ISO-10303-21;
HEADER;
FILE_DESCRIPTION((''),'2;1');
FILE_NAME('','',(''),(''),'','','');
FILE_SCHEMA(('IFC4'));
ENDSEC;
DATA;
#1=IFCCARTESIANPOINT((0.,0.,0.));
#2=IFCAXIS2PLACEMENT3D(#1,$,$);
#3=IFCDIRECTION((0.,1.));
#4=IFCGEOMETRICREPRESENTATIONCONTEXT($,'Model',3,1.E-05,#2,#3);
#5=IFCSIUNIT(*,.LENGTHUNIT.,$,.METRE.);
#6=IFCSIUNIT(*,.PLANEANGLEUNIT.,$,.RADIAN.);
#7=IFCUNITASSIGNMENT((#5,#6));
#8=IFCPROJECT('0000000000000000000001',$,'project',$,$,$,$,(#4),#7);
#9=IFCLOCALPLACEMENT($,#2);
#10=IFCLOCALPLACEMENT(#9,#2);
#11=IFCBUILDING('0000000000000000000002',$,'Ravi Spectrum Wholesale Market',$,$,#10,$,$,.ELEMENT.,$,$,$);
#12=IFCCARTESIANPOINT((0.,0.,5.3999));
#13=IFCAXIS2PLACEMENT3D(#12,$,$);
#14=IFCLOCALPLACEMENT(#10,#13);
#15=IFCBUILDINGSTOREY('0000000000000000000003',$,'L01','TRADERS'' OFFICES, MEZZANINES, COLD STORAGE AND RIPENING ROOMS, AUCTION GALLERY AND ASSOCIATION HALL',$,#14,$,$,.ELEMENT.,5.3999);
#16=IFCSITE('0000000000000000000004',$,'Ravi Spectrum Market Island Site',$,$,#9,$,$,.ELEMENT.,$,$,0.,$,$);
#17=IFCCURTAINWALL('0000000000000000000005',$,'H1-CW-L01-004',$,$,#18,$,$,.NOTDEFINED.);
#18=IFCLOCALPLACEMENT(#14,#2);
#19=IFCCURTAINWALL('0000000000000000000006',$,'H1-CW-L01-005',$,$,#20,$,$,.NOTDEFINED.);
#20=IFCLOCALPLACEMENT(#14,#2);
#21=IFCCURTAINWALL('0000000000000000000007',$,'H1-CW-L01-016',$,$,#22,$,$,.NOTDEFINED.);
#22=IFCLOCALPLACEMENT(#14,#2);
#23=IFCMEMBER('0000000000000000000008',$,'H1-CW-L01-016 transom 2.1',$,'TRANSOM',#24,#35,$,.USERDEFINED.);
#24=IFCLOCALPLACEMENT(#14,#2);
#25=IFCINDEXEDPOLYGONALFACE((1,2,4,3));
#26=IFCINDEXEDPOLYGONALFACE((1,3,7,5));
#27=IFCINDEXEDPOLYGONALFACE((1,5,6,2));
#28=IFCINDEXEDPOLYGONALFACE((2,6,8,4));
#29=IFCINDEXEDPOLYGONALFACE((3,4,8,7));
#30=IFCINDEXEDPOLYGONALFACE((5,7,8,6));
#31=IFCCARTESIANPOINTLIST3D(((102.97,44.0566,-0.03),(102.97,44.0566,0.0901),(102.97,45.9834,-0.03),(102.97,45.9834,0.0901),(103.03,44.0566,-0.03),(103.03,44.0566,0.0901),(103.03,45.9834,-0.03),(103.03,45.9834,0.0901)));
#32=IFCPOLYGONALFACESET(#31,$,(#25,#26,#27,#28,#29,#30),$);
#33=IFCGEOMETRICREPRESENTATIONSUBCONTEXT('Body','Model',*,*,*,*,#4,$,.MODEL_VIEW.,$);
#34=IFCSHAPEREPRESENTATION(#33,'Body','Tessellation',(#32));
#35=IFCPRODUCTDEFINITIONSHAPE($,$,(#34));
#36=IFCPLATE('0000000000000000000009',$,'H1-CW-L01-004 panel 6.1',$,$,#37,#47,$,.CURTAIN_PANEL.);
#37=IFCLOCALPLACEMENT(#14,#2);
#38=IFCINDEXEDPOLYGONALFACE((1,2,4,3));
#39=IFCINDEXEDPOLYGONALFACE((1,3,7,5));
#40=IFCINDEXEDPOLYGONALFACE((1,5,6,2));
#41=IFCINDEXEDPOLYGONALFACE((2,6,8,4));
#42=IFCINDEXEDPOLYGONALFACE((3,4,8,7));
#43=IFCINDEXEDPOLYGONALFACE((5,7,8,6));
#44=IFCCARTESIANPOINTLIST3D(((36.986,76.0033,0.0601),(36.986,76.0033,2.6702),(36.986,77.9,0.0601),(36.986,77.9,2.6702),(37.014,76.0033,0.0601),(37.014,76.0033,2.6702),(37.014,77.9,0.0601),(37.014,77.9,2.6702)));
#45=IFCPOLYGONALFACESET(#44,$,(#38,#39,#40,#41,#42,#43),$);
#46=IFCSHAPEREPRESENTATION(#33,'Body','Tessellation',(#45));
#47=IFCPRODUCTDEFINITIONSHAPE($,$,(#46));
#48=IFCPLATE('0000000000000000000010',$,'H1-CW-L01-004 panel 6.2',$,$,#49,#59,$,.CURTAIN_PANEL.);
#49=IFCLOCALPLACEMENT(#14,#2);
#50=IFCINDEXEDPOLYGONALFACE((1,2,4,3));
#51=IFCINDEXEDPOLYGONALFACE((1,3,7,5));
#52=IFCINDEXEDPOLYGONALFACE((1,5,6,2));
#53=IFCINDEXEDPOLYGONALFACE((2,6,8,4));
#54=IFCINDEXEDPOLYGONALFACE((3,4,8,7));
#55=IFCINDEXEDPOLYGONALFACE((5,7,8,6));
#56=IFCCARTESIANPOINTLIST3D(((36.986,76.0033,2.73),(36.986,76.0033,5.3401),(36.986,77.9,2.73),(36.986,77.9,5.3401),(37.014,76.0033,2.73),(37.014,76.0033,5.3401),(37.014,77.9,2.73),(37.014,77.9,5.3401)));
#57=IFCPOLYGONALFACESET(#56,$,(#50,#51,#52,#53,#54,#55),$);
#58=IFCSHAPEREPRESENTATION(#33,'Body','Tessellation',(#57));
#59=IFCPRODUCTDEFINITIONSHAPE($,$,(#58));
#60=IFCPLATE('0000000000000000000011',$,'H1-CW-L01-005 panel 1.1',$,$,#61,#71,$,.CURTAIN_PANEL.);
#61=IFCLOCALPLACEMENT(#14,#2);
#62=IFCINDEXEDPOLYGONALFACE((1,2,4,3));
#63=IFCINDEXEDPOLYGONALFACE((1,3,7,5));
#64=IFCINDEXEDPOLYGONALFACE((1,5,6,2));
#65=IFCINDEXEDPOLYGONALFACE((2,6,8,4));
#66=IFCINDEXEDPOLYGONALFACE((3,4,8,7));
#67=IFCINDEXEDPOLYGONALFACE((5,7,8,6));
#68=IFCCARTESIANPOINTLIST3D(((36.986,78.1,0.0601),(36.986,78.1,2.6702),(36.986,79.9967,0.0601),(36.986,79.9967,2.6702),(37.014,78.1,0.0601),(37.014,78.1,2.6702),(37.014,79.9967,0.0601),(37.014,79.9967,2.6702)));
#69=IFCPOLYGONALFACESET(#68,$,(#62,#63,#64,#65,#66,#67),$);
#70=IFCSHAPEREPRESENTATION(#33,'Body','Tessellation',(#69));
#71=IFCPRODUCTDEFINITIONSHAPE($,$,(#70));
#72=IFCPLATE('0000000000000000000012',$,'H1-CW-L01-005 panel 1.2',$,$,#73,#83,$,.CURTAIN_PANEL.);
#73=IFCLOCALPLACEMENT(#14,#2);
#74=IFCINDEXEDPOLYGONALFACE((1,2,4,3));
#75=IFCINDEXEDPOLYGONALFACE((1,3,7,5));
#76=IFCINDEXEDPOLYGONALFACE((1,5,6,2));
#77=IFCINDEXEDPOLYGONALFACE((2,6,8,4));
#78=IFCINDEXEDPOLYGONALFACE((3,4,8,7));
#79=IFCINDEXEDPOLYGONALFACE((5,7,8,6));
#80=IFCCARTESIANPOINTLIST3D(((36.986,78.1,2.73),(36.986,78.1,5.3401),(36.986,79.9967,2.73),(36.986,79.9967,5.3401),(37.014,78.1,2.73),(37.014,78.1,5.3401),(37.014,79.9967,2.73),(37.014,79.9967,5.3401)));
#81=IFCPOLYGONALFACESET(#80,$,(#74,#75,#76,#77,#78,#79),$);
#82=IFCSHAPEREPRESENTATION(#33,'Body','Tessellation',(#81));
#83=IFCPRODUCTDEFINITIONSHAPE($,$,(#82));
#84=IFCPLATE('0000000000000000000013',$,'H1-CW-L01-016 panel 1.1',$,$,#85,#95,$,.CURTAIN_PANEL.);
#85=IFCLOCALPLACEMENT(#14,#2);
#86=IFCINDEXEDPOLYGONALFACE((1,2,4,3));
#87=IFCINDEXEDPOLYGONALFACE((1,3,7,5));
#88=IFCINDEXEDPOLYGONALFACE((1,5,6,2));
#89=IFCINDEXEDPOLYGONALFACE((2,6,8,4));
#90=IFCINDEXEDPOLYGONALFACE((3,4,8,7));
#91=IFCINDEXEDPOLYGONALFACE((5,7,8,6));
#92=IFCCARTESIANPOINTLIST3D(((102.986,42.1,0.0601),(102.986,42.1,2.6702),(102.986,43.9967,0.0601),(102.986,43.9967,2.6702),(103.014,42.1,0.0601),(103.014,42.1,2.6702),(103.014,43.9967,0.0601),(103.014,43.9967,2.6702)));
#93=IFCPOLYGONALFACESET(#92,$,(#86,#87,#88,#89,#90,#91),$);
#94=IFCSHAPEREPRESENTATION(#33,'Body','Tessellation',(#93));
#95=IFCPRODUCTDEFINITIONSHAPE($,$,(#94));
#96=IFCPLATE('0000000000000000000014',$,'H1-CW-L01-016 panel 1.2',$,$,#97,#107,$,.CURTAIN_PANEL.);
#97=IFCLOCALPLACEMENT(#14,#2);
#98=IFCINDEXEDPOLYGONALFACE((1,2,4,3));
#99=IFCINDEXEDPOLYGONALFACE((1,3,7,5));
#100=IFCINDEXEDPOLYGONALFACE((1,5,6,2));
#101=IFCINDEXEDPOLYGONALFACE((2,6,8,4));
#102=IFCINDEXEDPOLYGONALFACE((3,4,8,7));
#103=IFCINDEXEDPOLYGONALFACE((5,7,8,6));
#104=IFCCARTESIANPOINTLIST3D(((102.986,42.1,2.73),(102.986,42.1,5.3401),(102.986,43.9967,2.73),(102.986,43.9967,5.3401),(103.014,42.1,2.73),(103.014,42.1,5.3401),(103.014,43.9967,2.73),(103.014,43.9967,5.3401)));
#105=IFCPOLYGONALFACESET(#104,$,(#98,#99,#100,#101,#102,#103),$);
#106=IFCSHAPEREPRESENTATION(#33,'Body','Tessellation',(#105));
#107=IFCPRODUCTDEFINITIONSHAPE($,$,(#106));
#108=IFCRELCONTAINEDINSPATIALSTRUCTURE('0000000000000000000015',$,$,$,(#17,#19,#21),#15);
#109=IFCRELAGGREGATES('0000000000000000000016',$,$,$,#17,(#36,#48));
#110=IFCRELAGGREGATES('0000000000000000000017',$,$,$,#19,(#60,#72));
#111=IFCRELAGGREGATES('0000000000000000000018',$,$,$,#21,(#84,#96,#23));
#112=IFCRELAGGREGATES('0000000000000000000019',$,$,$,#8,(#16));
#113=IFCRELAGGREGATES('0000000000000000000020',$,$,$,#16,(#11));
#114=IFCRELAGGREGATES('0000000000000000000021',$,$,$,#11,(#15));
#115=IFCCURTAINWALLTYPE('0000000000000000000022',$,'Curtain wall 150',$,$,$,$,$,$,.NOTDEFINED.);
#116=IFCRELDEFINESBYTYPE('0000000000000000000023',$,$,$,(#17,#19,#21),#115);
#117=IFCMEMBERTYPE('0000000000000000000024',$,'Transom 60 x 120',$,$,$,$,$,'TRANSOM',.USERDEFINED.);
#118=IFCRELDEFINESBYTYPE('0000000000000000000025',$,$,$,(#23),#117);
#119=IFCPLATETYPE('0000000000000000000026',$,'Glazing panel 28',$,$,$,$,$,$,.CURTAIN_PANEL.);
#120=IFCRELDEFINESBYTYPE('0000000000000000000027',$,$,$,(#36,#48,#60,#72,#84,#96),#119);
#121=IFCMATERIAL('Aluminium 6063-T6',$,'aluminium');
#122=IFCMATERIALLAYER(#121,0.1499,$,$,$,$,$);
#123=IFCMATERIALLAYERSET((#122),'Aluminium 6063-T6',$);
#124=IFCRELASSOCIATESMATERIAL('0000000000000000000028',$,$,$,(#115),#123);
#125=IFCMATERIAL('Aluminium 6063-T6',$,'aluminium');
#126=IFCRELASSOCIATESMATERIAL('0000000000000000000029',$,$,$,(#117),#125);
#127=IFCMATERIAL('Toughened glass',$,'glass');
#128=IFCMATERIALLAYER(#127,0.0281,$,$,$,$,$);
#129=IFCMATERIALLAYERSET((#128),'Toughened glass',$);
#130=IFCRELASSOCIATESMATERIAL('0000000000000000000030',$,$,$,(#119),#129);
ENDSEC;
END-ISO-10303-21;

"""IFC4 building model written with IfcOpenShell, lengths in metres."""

from ifc_helpers import new_model, si_unit, direction, frame, origin, origin_2d, place, context, subcontext, project, spatial, rectangle, extrude, material, layer, layer_set, material_profile, profile_set, type_object, element, aggregate, save


model = new_model("IFC4")

# Units and contexts
model_context = context("Model", 3, precision=1e-05, world=origin(), true_north=direction((0.0, 1.0)))
body_context = subcontext(model_context, "Body", "Model", "MODEL_VIEW")
ifc_project = project(units=[si_unit("LENGTHUNIT", "METRE"), si_unit("PLANEANGLEUNIT", "RADIAN")], contexts=[model_context])

# Site, building, storey
site_placement = place(None, origin())
site = spatial("IfcSite", under=ifc_project, at=site_placement, Name="Ravi Spectrum Market Island Site", CompositionType="ELEMENT", RefElevation=0.0)
building_placement = place(site_placement, origin())
building = spatial("IfcBuilding", under=site, at=building_placement, Name="Ravi Spectrum Wholesale Market", CompositionType="ELEMENT")
storey_placement = place(building_placement, frame((0.0, 0.0, 5.3999)))
storey = spatial("IfcBuildingStorey", under=building, at=storey_placement, Name="L01", Description="TRADERS' OFFICES, MEZZANINES, COLD STORAGE AND RIPENING ROOMS, AUCTION GALLERY AND ASSOCIATION HALL", CompositionType="ELEMENT", Elevation=5.3999)

# Curtain wall
ifc_material_1 = material(Name="Aluminium 6063-T6", Category="aluminium")
ifc_layer_1 = layer(ifc_material_1, 0.1499)
ifc_layer_set_1 = layer_set([ifc_layer_1], Name="Aluminium 6063-T6")
curtain_wall_type = type_object("IfcCurtainWallType", Name="Curtain wall 150", PredefinedType="NOTDEFINED", material=ifc_layer_set_1)
curtain_wall_1_placement = place(storey_placement, origin())
curtain_wall_1 = element("IfcCurtainWall", 1, at=curtain_wall_1_placement, inside=storey, type_object=curtain_wall_type, Name="H1-CW-L01-004", PredefinedType="NOTDEFINED")

# Curtain walls
curtain_wall_2_placement = place(storey_placement, origin())
curtain_wall_2 = element("IfcCurtainWall", 2, at=curtain_wall_2_placement, inside=storey, type_object=curtain_wall_type, Name="H1-CW-L01-005", PredefinedType="NOTDEFINED")
curtain_wall_3_placement = place(storey_placement, origin())
curtain_wall_3 = element("IfcCurtainWall", 3, at=curtain_wall_3_placement, inside=storey, type_object=curtain_wall_type, Name="H1-CW-L01-016", PredefinedType="NOTDEFINED")

# Member
ifc_material_2 = material(Name="Aluminium 6063-T6", Category="aluminium")
ifc_material_profile_1 = material_profile(ifc_material_2, rectangle(XDim=0.0601, YDim=0.1201, at=origin_2d()))
ifc_profile_set_1 = profile_set([ifc_material_profile_1], Name="Aluminium 6063-T6")
member_type_1 = type_object("IfcMemberType", Name="Transom 60 x 120", ElementType="TRANSOM", PredefinedType="USERDEFINED", material=ifc_profile_set_1)
member_1_placement = place(storey_placement, frame((103.0, 44.0566, 0.03), z_axis=(0.0, 1.0, 0.0), x_axis=(-1.0, 0.0, 0.0)))
member_1 = element("IfcMember", 4, at=member_1_placement, type_object=member_type_1, Name="H1-CW-L01-016 transom 2.1", ObjectType="TRANSOM", PredefinedType="USERDEFINED", context=body_context, shape_type="SweptSolid", body=[
    extrude(rectangle(XDim=0.0601, YDim=0.1201, at=origin_2d()), origin(), (0.0, 0.0, 1.0), 1.9268),
])

# Plates
ifc_material_3 = material(Name="Toughened glass", Category="glass")
ifc_layer_2 = layer(ifc_material_3, 0.0281)
ifc_layer_set_2 = layer_set([ifc_layer_2], Name="Toughened glass")
plate_type = type_object("IfcPlateType", Name="Glazing panel 28", PredefinedType="CURTAIN_PANEL", material=ifc_layer_set_2)
plate_1_placement = place(storey_placement, frame((37.0, 76.9517, 0.0601), z_axis=(0.0, 0.0, 1.0), x_axis=(0.0, 1.0, 0.0)))
plate_1 = element("IfcPlate", 5, at=plate_1_placement, type_object=plate_type, Name="H1-CW-L01-004 panel 6.1", PredefinedType="CURTAIN_PANEL", context=body_context, shape_type="SweptSolid", body=[
    extrude(rectangle(XDim=1.8967, YDim=0.0281, at=origin_2d()), origin(), (0.0, 0.0, 1.0), 2.6101),
])
plate_2_placement = place(storey_placement, frame((37.0, 76.9517, 2.73), z_axis=(0.0, 0.0, 1.0), x_axis=(0.0, 1.0, 0.0)))
plate_2 = element("IfcPlate", 6, at=plate_2_placement, type_object=plate_type, Name="H1-CW-L01-004 panel 6.2", PredefinedType="CURTAIN_PANEL", context=body_context, shape_type="SweptSolid", body=[
    extrude(rectangle(XDim=1.8967, YDim=0.0281, at=origin_2d()), origin(), (0.0, 0.0, 1.0), 2.6101),
])
aggregate(curtain_wall_1, [plate_1, plate_2])
plate_3_placement = place(storey_placement, frame((37.0, 79.0483, 0.0601), z_axis=(0.0, 0.0, 1.0), x_axis=(0.0, 1.0, 0.0)))
plate_3 = element("IfcPlate", 7, at=plate_3_placement, type_object=plate_type, Name="H1-CW-L01-005 panel 1.1", PredefinedType="CURTAIN_PANEL", context=body_context, shape_type="SweptSolid", body=[
    extrude(rectangle(XDim=1.8967, YDim=0.0281, at=origin_2d()), origin(), (0.0, 0.0, 1.0), 2.6101),
])
plate_4_placement = place(storey_placement, frame((37.0, 79.0483, 2.73), z_axis=(0.0, 0.0, 1.0), x_axis=(0.0, 1.0, 0.0)))
plate_4 = element("IfcPlate", 8, at=plate_4_placement, type_object=plate_type, Name="H1-CW-L01-005 panel 1.2", PredefinedType="CURTAIN_PANEL", context=body_context, shape_type="SweptSolid", body=[
    extrude(rectangle(XDim=1.8967, YDim=0.0281, at=origin_2d()), origin(), (0.0, 0.0, 1.0), 2.6101),
])
aggregate(curtain_wall_2, [plate_3, plate_4])
plate_5_placement = place(storey_placement, frame((103.0, 43.0483, 0.0601), z_axis=(0.0, 0.0, 1.0), x_axis=(0.0, 1.0, 0.0)))
plate_5 = element("IfcPlate", 9, at=plate_5_placement, type_object=plate_type, Name="H1-CW-L01-016 panel 1.1", PredefinedType="CURTAIN_PANEL", context=body_context, shape_type="SweptSolid", body=[
    extrude(rectangle(XDim=1.8967, YDim=0.0281, at=origin_2d()), origin(), (0.0, 0.0, 1.0), 2.6101),
])
plate_6_placement = place(storey_placement, frame((103.0, 43.0483, 2.73), z_axis=(0.0, 0.0, 1.0), x_axis=(0.0, 1.0, 0.0)))
plate_6 = element("IfcPlate", 10, at=plate_6_placement, type_object=plate_type, Name="H1-CW-L01-016 panel 1.2", PredefinedType="CURTAIN_PANEL", context=body_context, shape_type="SweptSolid", body=[
    extrude(rectangle(XDim=1.8967, YDim=0.0281, at=origin_2d()), origin(), (0.0, 0.0, 1.0), 2.6101),
])
aggregate(curtain_wall_3, [plate_5, plate_6, member_1])

save(model, "model.ifc")
